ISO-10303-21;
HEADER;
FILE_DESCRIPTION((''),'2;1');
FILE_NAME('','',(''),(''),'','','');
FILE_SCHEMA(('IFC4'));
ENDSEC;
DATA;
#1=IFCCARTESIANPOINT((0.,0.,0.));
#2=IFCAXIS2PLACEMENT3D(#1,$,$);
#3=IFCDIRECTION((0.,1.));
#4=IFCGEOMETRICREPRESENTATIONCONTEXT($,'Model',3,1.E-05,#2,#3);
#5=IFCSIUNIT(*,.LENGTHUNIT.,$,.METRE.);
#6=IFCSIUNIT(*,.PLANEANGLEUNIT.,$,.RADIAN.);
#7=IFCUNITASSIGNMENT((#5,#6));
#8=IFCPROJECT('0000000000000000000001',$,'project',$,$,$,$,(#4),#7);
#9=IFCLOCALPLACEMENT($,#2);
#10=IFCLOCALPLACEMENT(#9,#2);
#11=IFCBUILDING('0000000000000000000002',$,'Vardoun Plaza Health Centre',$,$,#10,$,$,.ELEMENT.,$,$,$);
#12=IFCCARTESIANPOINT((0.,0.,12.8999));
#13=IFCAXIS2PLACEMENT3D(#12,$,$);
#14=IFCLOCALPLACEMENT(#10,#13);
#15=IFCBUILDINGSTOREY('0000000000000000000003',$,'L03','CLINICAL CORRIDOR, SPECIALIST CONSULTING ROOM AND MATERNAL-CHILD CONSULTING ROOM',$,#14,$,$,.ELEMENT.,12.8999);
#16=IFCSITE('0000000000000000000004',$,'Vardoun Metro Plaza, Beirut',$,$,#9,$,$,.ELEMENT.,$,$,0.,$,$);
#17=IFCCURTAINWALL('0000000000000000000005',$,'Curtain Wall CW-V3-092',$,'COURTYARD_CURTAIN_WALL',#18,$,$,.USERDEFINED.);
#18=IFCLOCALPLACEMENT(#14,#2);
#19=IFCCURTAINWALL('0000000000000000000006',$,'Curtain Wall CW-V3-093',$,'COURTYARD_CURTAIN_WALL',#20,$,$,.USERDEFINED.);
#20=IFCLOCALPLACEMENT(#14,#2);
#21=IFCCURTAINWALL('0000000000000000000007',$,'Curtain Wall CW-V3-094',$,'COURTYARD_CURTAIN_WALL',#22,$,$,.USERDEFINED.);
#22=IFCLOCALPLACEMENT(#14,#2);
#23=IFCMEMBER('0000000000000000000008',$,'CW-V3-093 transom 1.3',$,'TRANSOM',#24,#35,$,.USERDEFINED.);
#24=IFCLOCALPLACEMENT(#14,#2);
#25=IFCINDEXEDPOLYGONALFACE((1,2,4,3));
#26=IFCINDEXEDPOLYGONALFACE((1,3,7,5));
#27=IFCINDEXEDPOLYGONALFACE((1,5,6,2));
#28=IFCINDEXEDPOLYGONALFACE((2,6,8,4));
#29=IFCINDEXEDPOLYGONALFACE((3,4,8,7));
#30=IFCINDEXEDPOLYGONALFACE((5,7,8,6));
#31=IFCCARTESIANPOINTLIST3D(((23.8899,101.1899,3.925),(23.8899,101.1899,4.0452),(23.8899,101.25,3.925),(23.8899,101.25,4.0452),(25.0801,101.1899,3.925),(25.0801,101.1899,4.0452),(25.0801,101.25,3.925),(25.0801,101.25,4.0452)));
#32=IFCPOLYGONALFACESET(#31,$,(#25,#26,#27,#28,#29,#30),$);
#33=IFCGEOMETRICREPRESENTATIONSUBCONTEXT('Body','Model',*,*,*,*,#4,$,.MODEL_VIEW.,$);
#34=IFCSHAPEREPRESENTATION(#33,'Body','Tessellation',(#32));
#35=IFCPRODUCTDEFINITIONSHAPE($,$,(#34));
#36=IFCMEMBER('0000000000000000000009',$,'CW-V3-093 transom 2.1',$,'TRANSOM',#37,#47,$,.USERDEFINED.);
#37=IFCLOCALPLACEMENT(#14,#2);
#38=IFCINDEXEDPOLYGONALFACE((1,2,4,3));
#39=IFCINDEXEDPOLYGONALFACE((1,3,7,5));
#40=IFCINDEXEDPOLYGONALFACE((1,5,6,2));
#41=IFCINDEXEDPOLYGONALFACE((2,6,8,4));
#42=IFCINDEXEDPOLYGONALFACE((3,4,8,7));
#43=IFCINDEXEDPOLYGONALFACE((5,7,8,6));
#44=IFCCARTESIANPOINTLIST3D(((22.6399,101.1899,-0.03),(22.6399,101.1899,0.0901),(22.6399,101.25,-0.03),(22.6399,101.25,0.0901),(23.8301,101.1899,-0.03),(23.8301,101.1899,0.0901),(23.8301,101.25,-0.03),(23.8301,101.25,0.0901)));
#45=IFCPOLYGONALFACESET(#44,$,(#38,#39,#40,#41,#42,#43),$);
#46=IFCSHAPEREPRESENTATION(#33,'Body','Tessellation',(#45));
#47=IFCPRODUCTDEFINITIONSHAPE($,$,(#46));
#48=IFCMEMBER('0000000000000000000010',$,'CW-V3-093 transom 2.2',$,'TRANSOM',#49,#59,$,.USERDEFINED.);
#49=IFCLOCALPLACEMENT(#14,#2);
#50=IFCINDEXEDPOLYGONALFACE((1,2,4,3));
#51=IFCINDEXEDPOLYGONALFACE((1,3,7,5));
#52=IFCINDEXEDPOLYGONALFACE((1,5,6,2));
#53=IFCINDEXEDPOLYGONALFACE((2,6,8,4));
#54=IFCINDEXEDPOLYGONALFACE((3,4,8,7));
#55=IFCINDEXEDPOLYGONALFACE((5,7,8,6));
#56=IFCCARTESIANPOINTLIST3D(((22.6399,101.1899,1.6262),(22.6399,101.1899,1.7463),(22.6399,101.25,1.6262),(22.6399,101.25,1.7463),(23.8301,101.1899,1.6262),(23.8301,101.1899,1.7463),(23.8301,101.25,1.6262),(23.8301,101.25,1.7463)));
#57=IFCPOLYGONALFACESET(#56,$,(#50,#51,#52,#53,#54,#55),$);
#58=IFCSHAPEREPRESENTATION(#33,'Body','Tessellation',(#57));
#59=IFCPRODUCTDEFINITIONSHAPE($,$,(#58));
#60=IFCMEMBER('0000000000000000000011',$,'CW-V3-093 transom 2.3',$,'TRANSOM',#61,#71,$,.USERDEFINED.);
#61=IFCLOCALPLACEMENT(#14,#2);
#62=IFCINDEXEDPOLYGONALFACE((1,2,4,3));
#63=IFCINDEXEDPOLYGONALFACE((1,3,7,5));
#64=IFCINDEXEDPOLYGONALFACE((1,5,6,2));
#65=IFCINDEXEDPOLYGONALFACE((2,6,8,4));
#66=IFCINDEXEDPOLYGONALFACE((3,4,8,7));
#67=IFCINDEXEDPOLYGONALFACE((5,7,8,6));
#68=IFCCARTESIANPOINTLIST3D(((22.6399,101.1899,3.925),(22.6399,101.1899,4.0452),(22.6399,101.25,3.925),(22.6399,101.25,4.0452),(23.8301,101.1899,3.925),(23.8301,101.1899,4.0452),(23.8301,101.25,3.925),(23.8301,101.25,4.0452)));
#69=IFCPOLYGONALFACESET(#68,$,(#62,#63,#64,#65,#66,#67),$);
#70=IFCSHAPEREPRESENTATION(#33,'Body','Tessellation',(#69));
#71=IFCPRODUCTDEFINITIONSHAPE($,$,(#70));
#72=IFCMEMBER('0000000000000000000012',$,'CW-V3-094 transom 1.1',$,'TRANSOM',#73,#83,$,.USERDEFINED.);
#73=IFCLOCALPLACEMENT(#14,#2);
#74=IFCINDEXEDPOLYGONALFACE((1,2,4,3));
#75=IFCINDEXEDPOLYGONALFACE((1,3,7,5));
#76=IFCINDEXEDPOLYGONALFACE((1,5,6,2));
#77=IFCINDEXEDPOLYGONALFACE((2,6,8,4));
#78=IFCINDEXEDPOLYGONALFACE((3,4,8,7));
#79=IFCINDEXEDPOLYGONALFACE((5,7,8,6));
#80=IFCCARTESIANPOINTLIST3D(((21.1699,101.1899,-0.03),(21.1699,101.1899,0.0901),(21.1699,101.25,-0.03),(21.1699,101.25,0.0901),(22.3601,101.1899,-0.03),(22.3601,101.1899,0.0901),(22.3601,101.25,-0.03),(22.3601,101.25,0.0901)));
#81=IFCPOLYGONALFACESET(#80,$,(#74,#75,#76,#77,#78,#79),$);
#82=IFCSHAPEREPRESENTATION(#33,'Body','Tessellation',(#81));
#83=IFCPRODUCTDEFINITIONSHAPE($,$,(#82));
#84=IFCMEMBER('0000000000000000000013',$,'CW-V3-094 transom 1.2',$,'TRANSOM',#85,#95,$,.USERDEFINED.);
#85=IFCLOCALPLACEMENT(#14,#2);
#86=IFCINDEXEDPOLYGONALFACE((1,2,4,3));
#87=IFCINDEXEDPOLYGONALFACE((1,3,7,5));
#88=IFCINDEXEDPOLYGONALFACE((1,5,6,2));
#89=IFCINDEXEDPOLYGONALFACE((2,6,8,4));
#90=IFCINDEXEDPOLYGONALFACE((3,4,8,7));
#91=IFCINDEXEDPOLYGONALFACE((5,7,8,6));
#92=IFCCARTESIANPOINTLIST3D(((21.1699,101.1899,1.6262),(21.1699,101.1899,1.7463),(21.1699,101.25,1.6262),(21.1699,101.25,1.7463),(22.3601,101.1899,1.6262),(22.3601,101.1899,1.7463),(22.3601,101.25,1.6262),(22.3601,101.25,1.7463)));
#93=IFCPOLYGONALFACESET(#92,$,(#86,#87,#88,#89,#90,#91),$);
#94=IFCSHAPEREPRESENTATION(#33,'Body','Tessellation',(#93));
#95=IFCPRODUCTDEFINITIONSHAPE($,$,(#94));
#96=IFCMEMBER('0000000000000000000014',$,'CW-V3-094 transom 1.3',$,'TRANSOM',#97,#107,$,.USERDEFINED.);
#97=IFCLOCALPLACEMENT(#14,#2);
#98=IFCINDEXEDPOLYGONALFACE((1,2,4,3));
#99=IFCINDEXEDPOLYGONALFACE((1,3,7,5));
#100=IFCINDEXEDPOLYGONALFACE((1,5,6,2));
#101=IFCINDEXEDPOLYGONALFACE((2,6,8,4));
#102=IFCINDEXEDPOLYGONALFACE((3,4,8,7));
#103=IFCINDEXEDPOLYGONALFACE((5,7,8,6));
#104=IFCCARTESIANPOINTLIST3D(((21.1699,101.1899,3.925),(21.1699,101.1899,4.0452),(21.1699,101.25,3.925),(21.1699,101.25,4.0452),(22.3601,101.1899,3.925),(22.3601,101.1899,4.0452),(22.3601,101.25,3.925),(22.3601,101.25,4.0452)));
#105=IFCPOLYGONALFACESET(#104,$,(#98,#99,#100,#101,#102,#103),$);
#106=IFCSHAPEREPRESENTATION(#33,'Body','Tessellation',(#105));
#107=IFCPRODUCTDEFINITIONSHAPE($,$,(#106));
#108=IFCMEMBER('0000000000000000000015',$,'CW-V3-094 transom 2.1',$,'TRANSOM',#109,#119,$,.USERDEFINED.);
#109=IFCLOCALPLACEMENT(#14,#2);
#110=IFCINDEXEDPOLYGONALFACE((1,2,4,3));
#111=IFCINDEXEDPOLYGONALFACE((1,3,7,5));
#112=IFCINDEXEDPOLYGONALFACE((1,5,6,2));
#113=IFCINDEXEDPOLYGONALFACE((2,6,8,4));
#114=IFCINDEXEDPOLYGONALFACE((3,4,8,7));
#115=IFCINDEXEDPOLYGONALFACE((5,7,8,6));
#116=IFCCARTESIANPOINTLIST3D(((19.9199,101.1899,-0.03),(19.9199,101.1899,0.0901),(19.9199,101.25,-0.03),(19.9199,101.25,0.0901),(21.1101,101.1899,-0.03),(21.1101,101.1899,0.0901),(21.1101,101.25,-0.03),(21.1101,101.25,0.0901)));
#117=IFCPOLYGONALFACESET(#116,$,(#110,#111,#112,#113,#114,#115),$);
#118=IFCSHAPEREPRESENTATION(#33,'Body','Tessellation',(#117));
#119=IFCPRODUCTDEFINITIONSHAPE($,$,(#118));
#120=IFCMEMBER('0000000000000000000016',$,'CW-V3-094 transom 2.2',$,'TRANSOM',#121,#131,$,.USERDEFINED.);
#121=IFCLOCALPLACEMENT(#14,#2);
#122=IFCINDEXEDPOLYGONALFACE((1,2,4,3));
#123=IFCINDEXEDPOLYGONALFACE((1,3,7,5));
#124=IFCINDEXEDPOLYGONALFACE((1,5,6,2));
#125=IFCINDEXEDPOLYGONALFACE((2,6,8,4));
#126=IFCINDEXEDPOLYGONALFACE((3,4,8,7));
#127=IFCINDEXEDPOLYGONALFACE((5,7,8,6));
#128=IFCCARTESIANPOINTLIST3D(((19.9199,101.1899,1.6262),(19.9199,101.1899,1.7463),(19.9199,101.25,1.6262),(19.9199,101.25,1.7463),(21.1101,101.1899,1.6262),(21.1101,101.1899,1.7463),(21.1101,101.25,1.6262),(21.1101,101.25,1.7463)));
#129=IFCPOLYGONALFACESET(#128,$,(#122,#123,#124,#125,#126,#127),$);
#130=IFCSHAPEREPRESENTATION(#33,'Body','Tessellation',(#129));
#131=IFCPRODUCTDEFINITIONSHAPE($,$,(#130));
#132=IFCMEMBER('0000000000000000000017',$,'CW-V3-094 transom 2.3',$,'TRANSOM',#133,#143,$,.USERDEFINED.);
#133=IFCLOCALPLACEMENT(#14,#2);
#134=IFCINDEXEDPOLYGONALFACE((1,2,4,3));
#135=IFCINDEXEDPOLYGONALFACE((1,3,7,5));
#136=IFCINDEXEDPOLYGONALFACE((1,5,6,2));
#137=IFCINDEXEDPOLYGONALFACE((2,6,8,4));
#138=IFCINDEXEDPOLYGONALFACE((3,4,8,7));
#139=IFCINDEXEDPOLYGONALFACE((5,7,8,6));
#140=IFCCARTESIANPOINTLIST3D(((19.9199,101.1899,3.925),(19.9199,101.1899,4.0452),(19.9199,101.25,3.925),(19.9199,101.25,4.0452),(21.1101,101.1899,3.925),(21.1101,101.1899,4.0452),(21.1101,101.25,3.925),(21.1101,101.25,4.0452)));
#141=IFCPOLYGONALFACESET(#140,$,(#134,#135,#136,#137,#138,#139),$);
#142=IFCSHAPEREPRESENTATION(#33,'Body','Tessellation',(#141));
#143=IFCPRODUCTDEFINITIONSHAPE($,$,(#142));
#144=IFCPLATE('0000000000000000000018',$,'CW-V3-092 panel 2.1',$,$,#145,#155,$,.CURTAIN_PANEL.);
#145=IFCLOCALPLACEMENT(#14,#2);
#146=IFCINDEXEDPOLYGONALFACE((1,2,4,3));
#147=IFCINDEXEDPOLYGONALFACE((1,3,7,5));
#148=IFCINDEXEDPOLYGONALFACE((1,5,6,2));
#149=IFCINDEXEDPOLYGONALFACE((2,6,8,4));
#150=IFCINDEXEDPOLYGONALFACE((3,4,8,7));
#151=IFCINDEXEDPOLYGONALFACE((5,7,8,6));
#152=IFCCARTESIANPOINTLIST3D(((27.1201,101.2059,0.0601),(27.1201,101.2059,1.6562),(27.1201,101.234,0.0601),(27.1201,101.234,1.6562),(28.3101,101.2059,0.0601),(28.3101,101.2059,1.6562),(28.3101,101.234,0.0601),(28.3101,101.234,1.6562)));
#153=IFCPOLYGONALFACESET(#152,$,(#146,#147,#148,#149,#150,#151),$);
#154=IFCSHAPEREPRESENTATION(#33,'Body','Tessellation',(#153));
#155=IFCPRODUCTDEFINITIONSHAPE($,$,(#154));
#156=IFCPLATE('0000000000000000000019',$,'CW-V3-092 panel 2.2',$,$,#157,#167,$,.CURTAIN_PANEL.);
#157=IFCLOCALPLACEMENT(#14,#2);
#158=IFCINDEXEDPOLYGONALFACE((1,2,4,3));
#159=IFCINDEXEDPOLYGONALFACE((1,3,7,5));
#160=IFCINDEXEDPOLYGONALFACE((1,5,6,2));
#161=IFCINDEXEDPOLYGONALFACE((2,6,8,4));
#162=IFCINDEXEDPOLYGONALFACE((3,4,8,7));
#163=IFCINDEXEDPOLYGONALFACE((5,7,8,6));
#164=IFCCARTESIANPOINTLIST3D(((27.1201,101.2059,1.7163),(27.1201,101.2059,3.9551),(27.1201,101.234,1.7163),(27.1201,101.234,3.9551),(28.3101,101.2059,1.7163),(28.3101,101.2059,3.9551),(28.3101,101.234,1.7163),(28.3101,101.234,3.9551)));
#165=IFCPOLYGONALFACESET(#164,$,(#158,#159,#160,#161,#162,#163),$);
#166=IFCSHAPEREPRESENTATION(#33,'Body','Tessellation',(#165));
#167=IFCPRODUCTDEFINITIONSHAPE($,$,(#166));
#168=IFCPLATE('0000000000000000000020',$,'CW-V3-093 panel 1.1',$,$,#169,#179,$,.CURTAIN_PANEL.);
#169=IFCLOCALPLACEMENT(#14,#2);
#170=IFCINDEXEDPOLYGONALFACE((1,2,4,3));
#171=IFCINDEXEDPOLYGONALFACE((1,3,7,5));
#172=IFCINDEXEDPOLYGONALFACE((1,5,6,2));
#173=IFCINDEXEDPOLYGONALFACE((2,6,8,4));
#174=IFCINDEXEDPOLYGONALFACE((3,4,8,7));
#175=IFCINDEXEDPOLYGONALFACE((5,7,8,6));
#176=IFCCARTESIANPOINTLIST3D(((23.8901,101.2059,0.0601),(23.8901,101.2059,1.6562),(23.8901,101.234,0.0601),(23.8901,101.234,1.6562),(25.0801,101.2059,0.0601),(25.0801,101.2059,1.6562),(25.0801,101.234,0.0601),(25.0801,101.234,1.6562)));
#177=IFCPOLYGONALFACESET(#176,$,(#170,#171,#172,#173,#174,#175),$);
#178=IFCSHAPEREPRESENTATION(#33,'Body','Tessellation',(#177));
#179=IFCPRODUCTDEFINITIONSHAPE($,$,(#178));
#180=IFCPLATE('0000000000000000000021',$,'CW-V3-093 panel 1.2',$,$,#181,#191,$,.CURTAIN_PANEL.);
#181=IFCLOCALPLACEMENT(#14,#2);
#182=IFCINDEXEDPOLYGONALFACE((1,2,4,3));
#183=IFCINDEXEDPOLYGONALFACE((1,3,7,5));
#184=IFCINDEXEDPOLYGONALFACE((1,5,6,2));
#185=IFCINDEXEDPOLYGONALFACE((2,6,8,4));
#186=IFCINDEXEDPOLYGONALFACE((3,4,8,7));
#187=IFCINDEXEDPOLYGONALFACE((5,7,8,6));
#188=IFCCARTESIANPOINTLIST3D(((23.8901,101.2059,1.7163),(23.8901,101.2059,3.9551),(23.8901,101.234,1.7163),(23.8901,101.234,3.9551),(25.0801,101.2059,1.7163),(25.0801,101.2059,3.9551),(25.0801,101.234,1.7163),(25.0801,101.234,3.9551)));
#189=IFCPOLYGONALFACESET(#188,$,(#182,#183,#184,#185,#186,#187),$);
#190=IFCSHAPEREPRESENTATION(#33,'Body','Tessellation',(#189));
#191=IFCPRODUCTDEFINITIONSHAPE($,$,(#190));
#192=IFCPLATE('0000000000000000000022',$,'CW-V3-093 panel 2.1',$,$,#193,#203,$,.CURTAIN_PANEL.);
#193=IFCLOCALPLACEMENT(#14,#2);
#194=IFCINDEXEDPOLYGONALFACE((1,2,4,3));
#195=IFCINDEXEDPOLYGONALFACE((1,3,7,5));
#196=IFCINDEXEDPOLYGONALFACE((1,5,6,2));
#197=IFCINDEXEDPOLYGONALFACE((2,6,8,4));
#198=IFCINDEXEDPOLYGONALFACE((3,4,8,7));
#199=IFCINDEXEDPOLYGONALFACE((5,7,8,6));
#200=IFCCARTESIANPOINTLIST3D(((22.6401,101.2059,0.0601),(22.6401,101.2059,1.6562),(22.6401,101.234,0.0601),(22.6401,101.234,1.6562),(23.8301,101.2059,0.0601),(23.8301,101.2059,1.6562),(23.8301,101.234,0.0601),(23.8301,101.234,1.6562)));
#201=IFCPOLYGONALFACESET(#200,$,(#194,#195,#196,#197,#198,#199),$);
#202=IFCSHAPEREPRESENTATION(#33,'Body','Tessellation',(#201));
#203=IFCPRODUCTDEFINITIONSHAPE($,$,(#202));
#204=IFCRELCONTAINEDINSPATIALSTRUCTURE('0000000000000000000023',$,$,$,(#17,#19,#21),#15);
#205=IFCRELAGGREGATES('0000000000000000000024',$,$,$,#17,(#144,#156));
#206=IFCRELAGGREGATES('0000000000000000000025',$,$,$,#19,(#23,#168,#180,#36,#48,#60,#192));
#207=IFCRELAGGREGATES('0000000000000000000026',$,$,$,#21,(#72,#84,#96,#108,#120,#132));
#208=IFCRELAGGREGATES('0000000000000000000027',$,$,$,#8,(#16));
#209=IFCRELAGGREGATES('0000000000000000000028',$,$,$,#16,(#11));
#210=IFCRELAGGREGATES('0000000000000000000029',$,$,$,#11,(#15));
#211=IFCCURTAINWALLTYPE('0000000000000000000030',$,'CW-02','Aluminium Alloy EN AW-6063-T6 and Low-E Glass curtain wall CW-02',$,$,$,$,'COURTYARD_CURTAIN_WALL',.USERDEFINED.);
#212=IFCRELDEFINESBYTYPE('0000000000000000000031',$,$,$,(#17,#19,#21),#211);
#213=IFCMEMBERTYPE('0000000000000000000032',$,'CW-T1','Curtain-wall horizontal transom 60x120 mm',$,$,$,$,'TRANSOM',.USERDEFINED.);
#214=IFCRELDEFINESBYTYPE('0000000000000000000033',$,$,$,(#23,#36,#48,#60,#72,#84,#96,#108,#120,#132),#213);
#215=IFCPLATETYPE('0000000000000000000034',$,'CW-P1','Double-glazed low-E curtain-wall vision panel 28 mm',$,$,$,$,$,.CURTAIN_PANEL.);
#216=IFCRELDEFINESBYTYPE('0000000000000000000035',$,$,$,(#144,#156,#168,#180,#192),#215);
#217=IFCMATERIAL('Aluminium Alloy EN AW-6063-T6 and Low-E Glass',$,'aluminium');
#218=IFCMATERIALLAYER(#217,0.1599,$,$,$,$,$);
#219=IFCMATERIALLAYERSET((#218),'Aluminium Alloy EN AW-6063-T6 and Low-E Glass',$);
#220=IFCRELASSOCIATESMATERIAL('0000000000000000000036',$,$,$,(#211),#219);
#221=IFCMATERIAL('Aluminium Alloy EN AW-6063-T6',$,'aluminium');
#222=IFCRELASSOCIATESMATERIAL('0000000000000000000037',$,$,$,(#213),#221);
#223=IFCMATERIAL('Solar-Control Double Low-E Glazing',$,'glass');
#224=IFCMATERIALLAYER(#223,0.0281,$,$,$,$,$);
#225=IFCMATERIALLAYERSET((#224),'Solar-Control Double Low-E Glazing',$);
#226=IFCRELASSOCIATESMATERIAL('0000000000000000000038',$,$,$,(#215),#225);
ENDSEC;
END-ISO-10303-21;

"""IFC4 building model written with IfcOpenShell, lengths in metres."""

from ifc_helpers import new_model, si_unit, direction, frame, origin, origin_2d, place, context, subcontext, project, spatial, rectangle, extrude, material, layer, layer_set, material_profile, profile_set, type_object, element, aggregate, save


model = new_model("IFC4")

# Units and contexts
model_context = context("Model", 3, precision=1e-05, world=origin(), true_north=direction((0.0, 1.0)))
body_context = subcontext(model_context, "Body", "Model", "MODEL_VIEW")
ifc_project = project(units=[si_unit("LENGTHUNIT", "METRE"), si_unit("PLANEANGLEUNIT", "RADIAN")], contexts=[model_context])

# Site, building, storey
site_placement = place(None, origin())
site = spatial("IfcSite", under=ifc_project, at=site_placement, Name="Vardoun Metro Plaza, Beirut", CompositionType="ELEMENT", RefElevation=0.0)
building_placement = place(site_placement, origin())
building = spatial("IfcBuilding", under=site, at=building_placement, Name="Vardoun Plaza Health Centre", CompositionType="ELEMENT")
storey_placement = place(building_placement, frame((0.0, 0.0, 12.8999)))
storey = spatial("IfcBuildingStorey", under=building, at=storey_placement, Name="L03", Description="CLINICAL CORRIDOR, SPECIALIST CONSULTING ROOM AND MATERNAL-CHILD CONSULTING ROOM", CompositionType="ELEMENT", Elevation=12.8999)

# Curtain wall
ifc_material_1 = material(Name="Aluminium Alloy EN AW-6063-T6 and Low-E Glass", Category="aluminium")
ifc_layer_1 = layer(ifc_material_1, 0.1599)
ifc_layer_set_1 = layer_set([ifc_layer_1], Name="Aluminium Alloy EN AW-6063-T6 and Low-E Glass")
curtain_wall_type = type_object("IfcCurtainWallType", Name="CW-02", Description="Aluminium Alloy EN AW-6063-T6 and Low-E Glass curtain wall CW-02", ElementType="COURTYARD_CURTAIN_WALL", PredefinedType="USERDEFINED", material=ifc_layer_set_1)
curtain_wall_1_placement = place(storey_placement, origin())
curtain_wall_1 = element("IfcCurtainWall", 1, at=curtain_wall_1_placement, inside=storey, type_object=curtain_wall_type, Name="Curtain Wall CW-V3-092", ObjectType="COURTYARD_CURTAIN_WALL", PredefinedType="USERDEFINED")

# Curtain walls
curtain_wall_2_placement = place(storey_placement, origin())
curtain_wall_2 = element("IfcCurtainWall", 2, at=curtain_wall_2_placement, inside=storey, type_object=curtain_wall_type, Name="Curtain Wall CW-V3-093", ObjectType="COURTYARD_CURTAIN_WALL", PredefinedType="USERDEFINED")
curtain_wall_3_placement = place(storey_placement, origin())
curtain_wall_3 = element("IfcCurtainWall", 3, at=curtain_wall_3_placement, inside=storey, type_object=curtain_wall_type, Name="Curtain Wall CW-V3-094", ObjectType="COURTYARD_CURTAIN_WALL", PredefinedType="USERDEFINED")

# Members
ifc_material_2 = material(Name="Aluminium Alloy EN AW-6063-T6", Category="aluminium")
ifc_material_profile_1 = material_profile(ifc_material_2, rectangle(XDim=0.0601, YDim=0.1201, at=origin_2d()), Name="CWT 60x120")
ifc_profile_set_1 = profile_set([ifc_material_profile_1], Name="Aluminium Alloy EN AW-6063-T6")
member_type_1 = type_object("IfcMemberType", Name="CW-T1", Description="Curtain-wall horizontal transom 60x120 mm", ElementType="TRANSOM", PredefinedType="USERDEFINED", material=ifc_profile_set_1)
member_1_placement = place(storey_placement, frame((25.0801, 101.22, 3.9851), z_axis=(-1.0, 0.0, 0.0), x_axis=(0.0, -1.0, 0.0)))
member_1 = element("IfcMember", 4, at=member_1_placement, type_object=member_type_1, Name="CW-V3-093 transom 1.3", ObjectType="TRANSOM", PredefinedType="USERDEFINED", context=body_context, shape_type="SweptSolid", body=[
    extrude(rectangle(XDim=0.0601, YDim=0.1201, at=origin_2d()), origin(), (0.0, 0.0, 1.0), 1.1902),
])
member_2_placement = place(storey_placement, frame((23.8301, 101.22, 0.03), z_axis=(-1.0, 0.0, 0.0), x_axis=(0.0, -1.0, 0.0)))
member_2 = element("IfcMember", 5, at=member_2_placement, type_object=member_type_1, Name="CW-V3-093 transom 2.1", ObjectType="TRANSOM", PredefinedType="USERDEFINED", context=body_context, shape_type="SweptSolid", body=[
    extrude(rectangle(XDim=0.0601, YDim=0.1201, at=origin_2d()), origin(), (0.0, 0.0, 1.0), 1.1902),
])
member_3_placement = place(storey_placement, frame((23.8301, 101.22, 1.6863), z_axis=(-1.0, 0.0, 0.0), x_axis=(0.0, -1.0, 0.0)))
member_3 = element("IfcMember", 6, at=member_3_placement, type_object=member_type_1, Name="CW-V3-093 transom 2.2", ObjectType="TRANSOM", PredefinedType="USERDEFINED", context=body_context, shape_type="SweptSolid", body=[
    extrude(rectangle(XDim=0.0601, YDim=0.1201, at=origin_2d()), origin(), (0.0, 0.0, 1.0), 1.1902),
])
member_4_placement = place(storey_placement, frame((23.8301, 101.22, 3.9851), z_axis=(-1.0, 0.0, 0.0), x_axis=(0.0, -1.0, 0.0)))
member_4 = element("IfcMember", 7, at=member_4_placement, type_object=member_type_1, Name="CW-V3-093 transom 2.3", ObjectType="TRANSOM", PredefinedType="USERDEFINED", context=body_context, shape_type="SweptSolid", body=[
    extrude(rectangle(XDim=0.0601, YDim=0.1201, at=origin_2d()), origin(), (0.0, 0.0, 1.0), 1.1902),
])
member_5_placement = place(storey_placement, frame((22.3601, 101.22, 0.03), z_axis=(-1.0, 0.0, 0.0), x_axis=(0.0, -1.0, 0.0)))
member_5 = element("IfcMember", 8, at=member_5_placement, type_object=member_type_1, Name="CW-V3-094 transom 1.1", ObjectType="TRANSOM", PredefinedType="USERDEFINED", context=body_context, shape_type="SweptSolid", body=[
    extrude(rectangle(XDim=0.0601, YDim=0.1201, at=origin_2d()), origin(), (0.0, 0.0, 1.0), 1.1902),
])
member_6_placement = place(storey_placement, frame((22.3601, 101.22, 1.6863), z_axis=(-1.0, 0.0, 0.0), x_axis=(0.0, -1.0, 0.0)))
member_6 = element("IfcMember", 9, at=member_6_placement, type_object=member_type_1, Name="CW-V3-094 transom 1.2", ObjectType="TRANSOM", PredefinedType="USERDEFINED", context=body_context, shape_type="SweptSolid", body=[
    extrude(rectangle(XDim=0.0601, YDim=0.1201, at=origin_2d()), origin(), (0.0, 0.0, 1.0), 1.1902),
])
member_7_placement = place(storey_placement, frame((22.3601, 101.22, 3.9851), z_axis=(-1.0, 0.0, 0.0), x_axis=(0.0, -1.0, 0.0)))
member_7 = element("IfcMember", 10, at=member_7_placement, type_object=member_type_1, Name="CW-V3-094 transom 1.3", ObjectType="TRANSOM", PredefinedType="USERDEFINED", context=body_context, shape_type="SweptSolid", body=[
    extrude(rectangle(XDim=0.0601, YDim=0.1201, at=origin_2d()), origin(), (0.0, 0.0, 1.0), 1.1902),
])
member_8_placement = place(storey_placement, frame((21.1101, 101.22, 0.03), z_axis=(-1.0, 0.0, 0.0), x_axis=(0.0, -1.0, 0.0)))
member_8 = element("IfcMember", 11, at=member_8_placement, type_object=member_type_1, Name="CW-V3-094 transom 2.1", ObjectType="TRANSOM", PredefinedType="USERDEFINED", context=body_context, shape_type="SweptSolid", body=[
    extrude(rectangle(XDim=0.0601, YDim=0.1201, at=origin_2d()), origin(), (0.0, 0.0, 1.0), 1.1902),
])
member_9_placement = place(storey_placement, frame((21.1101, 101.22, 1.6863), z_axis=(-1.0, 0.0, 0.0), x_axis=(0.0, -1.0, 0.0)))
member_9 = element("IfcMember", 12, at=member_9_placement, type_object=member_type_1, Name="CW-V3-094 transom 2.2", ObjectType="TRANSOM", PredefinedType="USERDEFINED", context=body_context, shape_type="SweptSolid", body=[
    extrude(rectangle(XDim=0.0601, YDim=0.1201, at=origin_2d()), origin(), (0.0, 0.0, 1.0), 1.1902),
])
member_10_placement = place(storey_placement, frame((21.1101, 101.22, 3.9851), z_axis=(-1.0, 0.0, 0.0), x_axis=(0.0, -1.0, 0.0)))
member_10 = element("IfcMember", 13, at=member_10_placement, type_object=member_type_1, Name="CW-V3-094 transom 2.3", ObjectType="TRANSOM", PredefinedType="USERDEFINED", context=body_context, shape_type="SweptSolid", body=[
    extrude(rectangle(XDim=0.0601, YDim=0.1201, at=origin_2d()), origin(), (0.0, 0.0, 1.0), 1.1902),
])

# Plates
ifc_material_3 = material(Name="Solar-Control Double Low-E Glazing", Category="glass")
ifc_layer_2 = layer(ifc_material_3, 0.0281)
ifc_layer_set_2 = layer_set([ifc_layer_2], Name="Solar-Control Double Low-E Glazing")
plate_type = type_object("IfcPlateType", Name="CW-P1", Description="Double-glazed low-E curtain-wall vision panel 28 mm", PredefinedType="CURTAIN_PANEL", material=ifc_layer_set_2)
plate_1_placement = place(storey_placement, frame((27.7151, 101.22, 0.0601), z_axis=(0.0, 0.0, 1.0), x_axis=(-1.0, 0.0, 0.0)))
plate_1 = element("IfcPlate", 14, at=plate_1_placement, type_object=plate_type, Name="CW-V3-092 panel 2.1", PredefinedType="CURTAIN_PANEL", context=body_context, shape_type="SweptSolid", body=[
    extrude(rectangle(XDim=1.1899, YDim=0.0281, at=origin_2d()), origin(), (0.0, 0.0, 1.0), 1.5962),
])
plate_2_placement = place(storey_placement, frame((27.7151, 101.22, 1.7163), z_axis=(0.0, 0.0, 1.0), x_axis=(-1.0, 0.0, 0.0)))
plate_2 = element("IfcPlate", 15, at=plate_2_placement, type_object=plate_type, Name="CW-V3-092 panel 2.2", PredefinedType="CURTAIN_PANEL", context=body_context, shape_type="SweptSolid", body=[
    extrude(rectangle(XDim=1.1899, YDim=0.0281, at=origin_2d()), origin(), (0.0, 0.0, 1.0), 2.2388),
])
aggregate(curtain_wall_1, [plate_1, plate_2])
plate_3_placement = place(storey_placement, frame((24.4851, 101.22, 0.0601), z_axis=(0.0, 0.0, 1.0), x_axis=(-1.0, 0.0, 0.0)))
plate_3 = element("IfcPlate", 16, at=plate_3_placement, type_object=plate_type, Name="CW-V3-093 panel 1.1", PredefinedType="CURTAIN_PANEL", context=body_context, shape_type="SweptSolid", body=[
    extrude(rectangle(XDim=1.1899, YDim=0.0281, at=origin_2d()), origin(), (0.0, 0.0, 1.0), 1.5962),
])
plate_4_placement = place(storey_placement, frame((24.4851, 101.22, 1.7163), z_axis=(0.0, 0.0, 1.0), x_axis=(-1.0, 0.0, 0.0)))
plate_4 = element("IfcPlate", 17, at=plate_4_placement, type_object=plate_type, Name="CW-V3-093 panel 1.2", PredefinedType="CURTAIN_PANEL", context=body_context, shape_type="SweptSolid", body=[
    extrude(rectangle(XDim=1.1899, YDim=0.0281, at=origin_2d()), origin(), (0.0, 0.0, 1.0), 2.2388),
])
plate_5_placement = place(storey_placement, frame((23.2351, 101.22, 0.0601), z_axis=(0.0, 0.0, 1.0), x_axis=(-1.0, 0.0, 0.0)))
plate_5 = element("IfcPlate", 18, at=plate_5_placement, type_object=plate_type, Name="CW-V3-093 panel 2.1", PredefinedType="CURTAIN_PANEL", context=body_context, shape_type="SweptSolid", body=[
    extrude(rectangle(XDim=1.1899, YDim=0.0281, at=origin_2d()), origin(), (0.0, 0.0, 1.0), 1.5962),
])
aggregate(curtain_wall_2, [member_1, plate_3, plate_4, member_2, member_3, member_4, plate_5])
aggregate(curtain_wall_3, [member_5, member_6, member_7, member_8, member_9, member_10])

save(model, "model.ifc")
